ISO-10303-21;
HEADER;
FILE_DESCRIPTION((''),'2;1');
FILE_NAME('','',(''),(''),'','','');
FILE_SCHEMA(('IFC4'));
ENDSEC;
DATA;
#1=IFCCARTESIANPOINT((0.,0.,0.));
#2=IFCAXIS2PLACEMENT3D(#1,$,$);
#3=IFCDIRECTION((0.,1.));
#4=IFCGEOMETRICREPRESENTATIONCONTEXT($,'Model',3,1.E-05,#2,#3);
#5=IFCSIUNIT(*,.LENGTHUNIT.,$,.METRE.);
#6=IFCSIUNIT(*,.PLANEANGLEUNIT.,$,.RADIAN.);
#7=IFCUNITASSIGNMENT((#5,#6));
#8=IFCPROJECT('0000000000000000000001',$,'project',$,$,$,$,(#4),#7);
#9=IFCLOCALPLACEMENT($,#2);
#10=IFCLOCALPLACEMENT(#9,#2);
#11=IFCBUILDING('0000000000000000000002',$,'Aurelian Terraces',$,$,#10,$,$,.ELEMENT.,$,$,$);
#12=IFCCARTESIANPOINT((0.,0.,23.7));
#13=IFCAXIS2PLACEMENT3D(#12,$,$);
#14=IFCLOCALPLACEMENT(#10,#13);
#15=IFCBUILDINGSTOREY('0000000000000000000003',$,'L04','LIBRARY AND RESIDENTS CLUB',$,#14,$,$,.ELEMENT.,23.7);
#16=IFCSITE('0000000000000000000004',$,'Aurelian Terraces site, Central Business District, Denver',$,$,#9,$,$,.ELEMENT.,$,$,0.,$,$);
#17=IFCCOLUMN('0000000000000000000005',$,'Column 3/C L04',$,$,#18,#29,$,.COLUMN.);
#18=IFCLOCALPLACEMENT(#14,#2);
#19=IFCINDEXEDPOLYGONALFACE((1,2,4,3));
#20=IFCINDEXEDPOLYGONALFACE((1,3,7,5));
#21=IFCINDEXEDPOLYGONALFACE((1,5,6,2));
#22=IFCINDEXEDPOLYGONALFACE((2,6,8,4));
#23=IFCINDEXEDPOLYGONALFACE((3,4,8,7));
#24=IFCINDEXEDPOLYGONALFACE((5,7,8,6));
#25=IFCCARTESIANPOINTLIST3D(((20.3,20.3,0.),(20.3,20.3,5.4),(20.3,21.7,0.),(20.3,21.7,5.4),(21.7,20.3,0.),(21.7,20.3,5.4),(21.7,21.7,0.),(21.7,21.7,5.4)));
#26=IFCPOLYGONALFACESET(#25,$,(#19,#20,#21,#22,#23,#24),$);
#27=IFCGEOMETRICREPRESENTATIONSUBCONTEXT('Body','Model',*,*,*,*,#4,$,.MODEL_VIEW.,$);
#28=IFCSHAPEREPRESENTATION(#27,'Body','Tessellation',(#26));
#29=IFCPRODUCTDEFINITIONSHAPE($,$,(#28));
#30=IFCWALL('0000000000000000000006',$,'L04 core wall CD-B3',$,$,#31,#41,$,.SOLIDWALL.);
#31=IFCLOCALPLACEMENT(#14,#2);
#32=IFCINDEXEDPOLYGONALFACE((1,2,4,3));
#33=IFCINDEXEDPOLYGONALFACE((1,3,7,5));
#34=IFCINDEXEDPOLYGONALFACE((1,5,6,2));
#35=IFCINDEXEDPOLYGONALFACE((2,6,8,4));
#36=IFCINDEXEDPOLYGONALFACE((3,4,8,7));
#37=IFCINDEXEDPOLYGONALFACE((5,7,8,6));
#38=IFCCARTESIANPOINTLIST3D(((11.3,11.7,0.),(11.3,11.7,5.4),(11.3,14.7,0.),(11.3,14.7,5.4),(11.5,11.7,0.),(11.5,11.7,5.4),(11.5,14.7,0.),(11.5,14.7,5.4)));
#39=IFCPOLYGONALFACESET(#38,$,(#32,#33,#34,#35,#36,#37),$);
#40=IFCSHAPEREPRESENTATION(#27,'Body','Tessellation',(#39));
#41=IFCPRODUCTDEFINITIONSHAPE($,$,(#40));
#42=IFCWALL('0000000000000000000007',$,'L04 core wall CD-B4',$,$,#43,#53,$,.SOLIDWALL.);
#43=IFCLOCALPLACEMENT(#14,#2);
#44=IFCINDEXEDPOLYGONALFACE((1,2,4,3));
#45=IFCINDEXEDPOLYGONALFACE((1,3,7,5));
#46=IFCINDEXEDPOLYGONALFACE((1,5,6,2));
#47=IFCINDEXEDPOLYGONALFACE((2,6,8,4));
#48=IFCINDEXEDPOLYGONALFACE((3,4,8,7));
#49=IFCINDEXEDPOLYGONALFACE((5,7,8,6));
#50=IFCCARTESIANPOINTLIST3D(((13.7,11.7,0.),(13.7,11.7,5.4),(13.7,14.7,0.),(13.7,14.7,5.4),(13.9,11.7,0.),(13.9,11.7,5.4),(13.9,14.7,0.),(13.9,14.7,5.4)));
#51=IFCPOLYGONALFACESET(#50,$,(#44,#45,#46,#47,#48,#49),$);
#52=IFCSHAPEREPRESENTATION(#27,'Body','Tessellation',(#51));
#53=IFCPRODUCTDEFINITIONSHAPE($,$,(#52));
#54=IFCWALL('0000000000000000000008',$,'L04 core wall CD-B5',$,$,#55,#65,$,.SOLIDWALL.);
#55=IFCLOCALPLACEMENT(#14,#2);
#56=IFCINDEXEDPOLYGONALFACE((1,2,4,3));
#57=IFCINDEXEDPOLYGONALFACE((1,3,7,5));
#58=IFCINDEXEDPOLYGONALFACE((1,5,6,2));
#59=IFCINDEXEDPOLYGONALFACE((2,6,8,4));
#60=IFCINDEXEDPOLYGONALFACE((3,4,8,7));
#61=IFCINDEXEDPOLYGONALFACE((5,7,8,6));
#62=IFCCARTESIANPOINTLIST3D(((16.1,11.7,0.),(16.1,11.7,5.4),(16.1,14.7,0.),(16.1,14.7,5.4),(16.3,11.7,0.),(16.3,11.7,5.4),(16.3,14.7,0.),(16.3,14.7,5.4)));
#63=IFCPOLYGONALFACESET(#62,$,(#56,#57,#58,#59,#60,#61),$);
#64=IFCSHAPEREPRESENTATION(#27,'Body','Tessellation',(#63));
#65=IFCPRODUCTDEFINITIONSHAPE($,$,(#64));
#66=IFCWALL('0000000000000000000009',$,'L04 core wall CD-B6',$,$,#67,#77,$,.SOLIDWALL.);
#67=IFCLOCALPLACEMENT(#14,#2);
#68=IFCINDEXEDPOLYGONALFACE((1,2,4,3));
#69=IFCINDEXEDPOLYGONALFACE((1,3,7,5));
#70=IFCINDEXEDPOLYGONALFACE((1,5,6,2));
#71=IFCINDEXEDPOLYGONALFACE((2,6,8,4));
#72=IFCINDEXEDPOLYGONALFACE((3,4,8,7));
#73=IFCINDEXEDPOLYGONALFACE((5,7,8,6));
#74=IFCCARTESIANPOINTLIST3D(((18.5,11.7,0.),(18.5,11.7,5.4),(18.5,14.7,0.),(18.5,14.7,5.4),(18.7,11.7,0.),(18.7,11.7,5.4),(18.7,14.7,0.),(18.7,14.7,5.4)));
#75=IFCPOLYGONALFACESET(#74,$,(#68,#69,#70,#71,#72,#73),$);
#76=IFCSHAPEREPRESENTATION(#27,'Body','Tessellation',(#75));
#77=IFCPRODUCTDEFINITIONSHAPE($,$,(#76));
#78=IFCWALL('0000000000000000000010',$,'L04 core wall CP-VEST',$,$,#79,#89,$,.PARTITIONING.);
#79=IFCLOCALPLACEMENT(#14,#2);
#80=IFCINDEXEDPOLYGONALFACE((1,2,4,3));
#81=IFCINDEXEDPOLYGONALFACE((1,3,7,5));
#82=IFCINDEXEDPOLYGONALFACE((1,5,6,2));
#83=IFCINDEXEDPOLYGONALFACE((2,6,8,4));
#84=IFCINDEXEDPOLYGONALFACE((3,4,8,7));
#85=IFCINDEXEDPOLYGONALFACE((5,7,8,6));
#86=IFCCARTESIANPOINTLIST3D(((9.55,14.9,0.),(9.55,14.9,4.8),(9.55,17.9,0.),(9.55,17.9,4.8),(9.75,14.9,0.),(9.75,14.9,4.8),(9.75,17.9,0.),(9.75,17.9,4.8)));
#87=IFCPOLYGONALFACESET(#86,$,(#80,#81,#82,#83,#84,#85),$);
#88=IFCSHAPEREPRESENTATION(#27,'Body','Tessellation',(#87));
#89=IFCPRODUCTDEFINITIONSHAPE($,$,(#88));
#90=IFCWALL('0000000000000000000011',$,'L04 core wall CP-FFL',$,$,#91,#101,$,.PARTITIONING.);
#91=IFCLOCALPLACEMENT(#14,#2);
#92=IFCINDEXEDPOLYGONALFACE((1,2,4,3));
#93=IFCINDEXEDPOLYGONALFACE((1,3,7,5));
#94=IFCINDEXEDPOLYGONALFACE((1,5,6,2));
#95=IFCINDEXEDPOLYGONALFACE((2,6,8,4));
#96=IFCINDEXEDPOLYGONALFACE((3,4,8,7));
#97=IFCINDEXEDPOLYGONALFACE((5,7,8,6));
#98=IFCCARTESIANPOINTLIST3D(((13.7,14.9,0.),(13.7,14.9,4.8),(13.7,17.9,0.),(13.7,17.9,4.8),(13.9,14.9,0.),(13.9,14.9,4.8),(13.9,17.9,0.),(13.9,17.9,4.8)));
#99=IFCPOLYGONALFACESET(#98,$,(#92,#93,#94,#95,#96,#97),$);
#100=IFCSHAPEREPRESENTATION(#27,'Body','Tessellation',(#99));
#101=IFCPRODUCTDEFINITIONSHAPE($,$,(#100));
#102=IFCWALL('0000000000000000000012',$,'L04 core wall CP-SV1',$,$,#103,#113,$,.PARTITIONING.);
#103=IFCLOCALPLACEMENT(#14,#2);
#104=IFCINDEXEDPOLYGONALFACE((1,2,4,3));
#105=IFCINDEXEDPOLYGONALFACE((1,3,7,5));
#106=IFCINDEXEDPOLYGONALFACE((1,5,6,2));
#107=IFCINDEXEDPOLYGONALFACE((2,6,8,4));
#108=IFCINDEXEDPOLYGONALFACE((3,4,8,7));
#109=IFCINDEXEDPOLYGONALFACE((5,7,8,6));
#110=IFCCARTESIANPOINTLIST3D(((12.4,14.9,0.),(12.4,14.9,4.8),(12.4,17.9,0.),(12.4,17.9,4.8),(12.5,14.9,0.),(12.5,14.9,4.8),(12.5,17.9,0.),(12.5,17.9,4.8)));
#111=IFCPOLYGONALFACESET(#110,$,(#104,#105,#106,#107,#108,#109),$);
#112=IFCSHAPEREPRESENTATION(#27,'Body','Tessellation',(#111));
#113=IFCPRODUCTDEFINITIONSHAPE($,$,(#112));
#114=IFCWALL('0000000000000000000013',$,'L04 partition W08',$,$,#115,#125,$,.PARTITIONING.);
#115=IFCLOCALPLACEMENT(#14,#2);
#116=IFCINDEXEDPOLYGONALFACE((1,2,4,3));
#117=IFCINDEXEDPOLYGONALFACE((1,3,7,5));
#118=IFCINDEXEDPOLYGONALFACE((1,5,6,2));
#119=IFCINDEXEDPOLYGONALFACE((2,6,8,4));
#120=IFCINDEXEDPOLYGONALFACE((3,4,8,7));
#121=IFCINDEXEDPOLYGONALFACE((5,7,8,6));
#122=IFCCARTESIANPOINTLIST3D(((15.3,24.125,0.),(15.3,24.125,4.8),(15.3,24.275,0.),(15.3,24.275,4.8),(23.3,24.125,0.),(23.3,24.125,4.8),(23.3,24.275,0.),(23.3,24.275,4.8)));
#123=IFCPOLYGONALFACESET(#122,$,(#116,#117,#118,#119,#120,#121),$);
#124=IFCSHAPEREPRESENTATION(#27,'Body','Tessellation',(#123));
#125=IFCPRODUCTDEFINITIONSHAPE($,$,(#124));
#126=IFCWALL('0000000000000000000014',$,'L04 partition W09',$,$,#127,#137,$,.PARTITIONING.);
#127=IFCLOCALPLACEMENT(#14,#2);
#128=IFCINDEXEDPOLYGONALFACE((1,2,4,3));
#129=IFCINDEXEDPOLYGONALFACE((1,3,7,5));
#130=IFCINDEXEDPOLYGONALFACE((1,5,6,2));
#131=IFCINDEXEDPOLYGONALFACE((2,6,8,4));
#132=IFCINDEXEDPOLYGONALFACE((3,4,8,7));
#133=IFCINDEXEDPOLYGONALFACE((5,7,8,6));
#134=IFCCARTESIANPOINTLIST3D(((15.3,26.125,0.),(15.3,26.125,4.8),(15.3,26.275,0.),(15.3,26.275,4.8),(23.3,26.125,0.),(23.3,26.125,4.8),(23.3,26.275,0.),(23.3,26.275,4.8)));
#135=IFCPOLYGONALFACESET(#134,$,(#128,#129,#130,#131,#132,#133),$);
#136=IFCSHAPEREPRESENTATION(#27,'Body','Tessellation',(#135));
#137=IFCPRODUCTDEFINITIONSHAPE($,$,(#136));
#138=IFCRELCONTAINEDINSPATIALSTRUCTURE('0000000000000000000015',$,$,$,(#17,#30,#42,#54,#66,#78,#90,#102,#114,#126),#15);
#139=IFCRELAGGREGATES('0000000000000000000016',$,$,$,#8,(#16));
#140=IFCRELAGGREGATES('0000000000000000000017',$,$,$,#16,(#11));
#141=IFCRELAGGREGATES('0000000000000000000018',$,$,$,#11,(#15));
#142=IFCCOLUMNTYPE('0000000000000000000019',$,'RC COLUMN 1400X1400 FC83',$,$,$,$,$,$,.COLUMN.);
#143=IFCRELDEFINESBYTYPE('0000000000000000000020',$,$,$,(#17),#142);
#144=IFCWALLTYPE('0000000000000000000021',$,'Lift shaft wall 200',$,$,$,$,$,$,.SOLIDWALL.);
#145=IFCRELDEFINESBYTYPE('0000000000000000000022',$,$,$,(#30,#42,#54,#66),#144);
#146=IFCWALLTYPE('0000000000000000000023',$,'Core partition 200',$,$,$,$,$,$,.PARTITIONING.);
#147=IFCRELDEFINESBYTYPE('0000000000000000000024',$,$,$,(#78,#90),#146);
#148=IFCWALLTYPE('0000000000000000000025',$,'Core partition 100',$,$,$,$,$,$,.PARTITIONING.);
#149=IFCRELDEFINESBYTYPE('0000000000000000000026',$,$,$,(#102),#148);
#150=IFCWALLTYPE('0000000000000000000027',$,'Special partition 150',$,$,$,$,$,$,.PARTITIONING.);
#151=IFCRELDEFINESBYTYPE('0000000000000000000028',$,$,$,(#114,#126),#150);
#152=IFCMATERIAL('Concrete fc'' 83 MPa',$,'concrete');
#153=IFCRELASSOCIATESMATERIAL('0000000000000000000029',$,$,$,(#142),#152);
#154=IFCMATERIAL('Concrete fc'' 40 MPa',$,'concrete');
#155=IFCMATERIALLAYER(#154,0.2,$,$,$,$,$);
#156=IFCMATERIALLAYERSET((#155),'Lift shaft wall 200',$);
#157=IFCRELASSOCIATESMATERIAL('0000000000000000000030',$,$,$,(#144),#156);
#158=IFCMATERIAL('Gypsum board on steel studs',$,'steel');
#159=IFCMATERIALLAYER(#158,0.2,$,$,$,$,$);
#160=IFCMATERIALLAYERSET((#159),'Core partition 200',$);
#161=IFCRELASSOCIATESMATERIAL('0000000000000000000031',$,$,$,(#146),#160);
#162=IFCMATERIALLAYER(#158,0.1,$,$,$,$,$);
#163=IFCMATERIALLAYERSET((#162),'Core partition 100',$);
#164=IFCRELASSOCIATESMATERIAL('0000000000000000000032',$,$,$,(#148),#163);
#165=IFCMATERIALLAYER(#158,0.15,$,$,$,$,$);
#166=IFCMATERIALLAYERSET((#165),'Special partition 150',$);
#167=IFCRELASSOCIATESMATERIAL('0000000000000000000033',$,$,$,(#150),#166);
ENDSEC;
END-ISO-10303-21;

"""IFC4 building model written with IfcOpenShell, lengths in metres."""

from ifc_helpers import new_model, si_unit, direction, frame, frame_2d, origin, origin_2d, place, context, subcontext, project, spatial, rectangle, extrude, source, transform, mapped, material, layer, layer_set, material_profile, profile_set, type_object, element, save


model = new_model("IFC4")

# Units and contexts
model_context = context("Model", 3, precision=1e-05, world=origin(), true_north=direction((0.0, 1.0)))
body_context = subcontext(model_context, "Body", "Model", "MODEL_VIEW")
ifc_project = project(units=[si_unit("LENGTHUNIT", "METRE"), si_unit("PLANEANGLEUNIT", "RADIAN")], contexts=[model_context])

# Site, building, storey
site_placement = place(None, origin())
site = spatial("IfcSite", under=ifc_project, at=site_placement, Name="Aurelian Terraces site, Central Business District, Denver", CompositionType="ELEMENT", RefElevation=0.0)
building_placement = place(site_placement, origin())
building = spatial("IfcBuilding", under=site, at=building_placement, Name="Aurelian Terraces", CompositionType="ELEMENT")
storey_placement = place(building_placement, frame((0.0, 0.0, 23.7)))
storey = spatial("IfcBuildingStorey", under=building, at=storey_placement, Name="L04", Description="LIBRARY AND RESIDENTS CLUB", CompositionType="ELEMENT", Elevation=23.7)

# Column
ifc_material_1 = material(Name="Concrete fc' 83 MPa", Category="concrete")
ifc_material_profile = material_profile(ifc_material_1, rectangle(XDim=1.4, YDim=1.4, at=origin_2d()))
ifc_profile_set = profile_set([ifc_material_profile], Name="Concrete fc' 83 MPa")
column_type = type_object("IfcColumnType", Name="RC COLUMN 1400X1400 FC83", PredefinedType="COLUMN", material=ifc_profile_set)
shared_shape_1 = source(origin(), body_context, "Body", "SweptSolid", [
    extrude(rectangle(XDim=1.4, YDim=1.4, at=origin_2d()), origin(), (0.0, 0.0, 1.0), 5.4),
])
column_placement = place(storey_placement, frame((21.0, 21.0, 0.0), z_axis=(0.0, 0.0, 1.0), x_axis=(1.0, 0.0, 0.0)))
element("IfcColumn", 1, at=column_placement, inside=storey, type_object=column_type, Name="Column 3/C L04", PredefinedType="COLUMN", context=body_context, shape_type="MappedRepresentation", body=[
    mapped(shared_shape_1, transform((0.0, 0.0, 0.0), scale=1.0)),
])

# Walls
ifc_material_2 = material(Name="Concrete fc' 40 MPa", Category="concrete")
ifc_layer_1 = layer(ifc_material_2, 0.2)
ifc_layer_set_1 = layer_set([ifc_layer_1], Name="Lift shaft wall 200")
wall_type_1 = type_object("IfcWallType", Name="Lift shaft wall 200", PredefinedType="SOLIDWALL", material=ifc_layer_set_1)
shared_shape_2 = source(origin(), body_context, "Body", "SweptSolid", [
    extrude(rectangle(XDim=3.0, YDim=0.2, at=frame_2d((1.5, 0.0))), origin(), (0.0, 0.0, 1.0), 5.4),
])
for number, where, z_axis, x_axis, name in (
    (2, (11.4, 11.7, 0.0), (0.0, 0.0, 1.0), (0.0, 1.0, 0.0), "L04 core wall CD-B3"),
    (3, (13.8, 11.7, 0.0), (0.0, 0.0, 1.0), (0.0, 1.0, 0.0), "L04 core wall CD-B4"),
    (4, (16.2, 11.7, 0.0), (0.0, 0.0, 1.0), (0.0, 1.0, 0.0), "L04 core wall CD-B5"),
    (5, (18.6, 11.7, 0.0), (0.0, 0.0, 1.0), (0.0, 1.0, 0.0), "L04 core wall CD-B6"),
):
    element("IfcWall", number, at=place(storey_placement, frame(where, z_axis=z_axis, x_axis=x_axis)), inside=storey, type_object=wall_type_1, Name=name, PredefinedType="SOLIDWALL", context=body_context, shape_type="MappedRepresentation", body=[
        mapped(shared_shape_2, transform((0.0, 0.0, 0.0), scale=1.0)),
    ])
ifc_material_3 = material(Name="Gypsum board on steel studs", Category="steel")
ifc_layer_2 = layer(ifc_material_3, 0.2)
ifc_layer_set_2 = layer_set([ifc_layer_2], Name="Core partition 200")
wall_type_2 = type_object("IfcWallType", Name="Core partition 200", PredefinedType="PARTITIONING", material=ifc_layer_set_2)
shared_shape_3 = source(origin(), body_context, "Body", "SweptSolid", [
    extrude(rectangle(XDim=3.0, YDim=0.2, at=frame_2d((1.5, 0.0))), origin(), (0.0, 0.0, 1.0), 4.8),
])
for number, where, z_axis, x_axis, name in (
    (6, (9.65, 14.9, 0.0), (0.0, 0.0, 1.0), (0.0, 1.0, 0.0), "L04 core wall CP-VEST"),
    (7, (13.8, 14.9, 0.0), (0.0, 0.0, 1.0), (0.0, 1.0, 0.0), "L04 core wall CP-FFL"),
):
    element("IfcWall", number, at=place(storey_placement, frame(where, z_axis=z_axis, x_axis=x_axis)), inside=storey, type_object=wall_type_2, Name=name, PredefinedType="PARTITIONING", context=body_context, shape_type="MappedRepresentation", body=[
        mapped(shared_shape_3, transform((0.0, 0.0, 0.0), scale=1.0)),
    ])
ifc_layer_3 = layer(ifc_material_3, 0.1)
ifc_layer_set_3 = layer_set([ifc_layer_3], Name="Core partition 100")
wall_type_3 = type_object("IfcWallType", Name="Core partition 100", PredefinedType="PARTITIONING", material=ifc_layer_set_3)
shared_shape_4 = source(origin(), body_context, "Body", "SweptSolid", [
    extrude(rectangle(XDim=3.0, YDim=0.1, at=frame_2d((1.5, 0.0))), origin(), (0.0, 0.0, 1.0), 4.8),
])
wall_1_placement = place(storey_placement, frame((12.45, 14.9, 0.0), z_axis=(0.0, 0.0, 1.0), x_axis=(0.0, 1.0, 0.0)))
element("IfcWall", 8, at=wall_1_placement, inside=storey, type_object=wall_type_3, Name="L04 core wall CP-SV1", PredefinedType="PARTITIONING", context=body_context, shape_type="MappedRepresentation", body=[
    mapped(shared_shape_4, transform((0.0, 0.0, 0.0), scale=1.0)),
])
ifc_layer_4 = layer(ifc_material_3, 0.15)
ifc_layer_set_4 = layer_set([ifc_layer_4], Name="Special partition 150")
wall_type_4 = type_object("IfcWallType", Name="Special partition 150", PredefinedType="PARTITIONING", material=ifc_layer_set_4)
shared_shape_5 = source(origin(), body_context, "Body", "SweptSolid", [
    extrude(rectangle(XDim=8.0, YDim=0.15, at=frame_2d((4.0, 0.0))), origin(), (0.0, 0.0, 1.0), 4.8),
])
for number, where, z_axis, x_axis, name in (
    (9, (15.3, 24.2, 0.0), (0.0, 0.0, 1.0), (1.0, 0.0, 0.0), "L04 partition W08"),
    (10, (15.3, 26.2, 0.0), (0.0, 0.0, 1.0), (1.0, 0.0, 0.0), "L04 partition W09"),
):
    element("IfcWall", number, at=place(storey_placement, frame(where, z_axis=z_axis, x_axis=x_axis)), inside=storey, type_object=wall_type_4, Name=name, PredefinedType="PARTITIONING", context=body_context, shape_type="MappedRepresentation", body=[
        mapped(shared_shape_5, transform((0.0, 0.0, 0.0), scale=1.0)),
    ])

save(model, "model.ifc")
